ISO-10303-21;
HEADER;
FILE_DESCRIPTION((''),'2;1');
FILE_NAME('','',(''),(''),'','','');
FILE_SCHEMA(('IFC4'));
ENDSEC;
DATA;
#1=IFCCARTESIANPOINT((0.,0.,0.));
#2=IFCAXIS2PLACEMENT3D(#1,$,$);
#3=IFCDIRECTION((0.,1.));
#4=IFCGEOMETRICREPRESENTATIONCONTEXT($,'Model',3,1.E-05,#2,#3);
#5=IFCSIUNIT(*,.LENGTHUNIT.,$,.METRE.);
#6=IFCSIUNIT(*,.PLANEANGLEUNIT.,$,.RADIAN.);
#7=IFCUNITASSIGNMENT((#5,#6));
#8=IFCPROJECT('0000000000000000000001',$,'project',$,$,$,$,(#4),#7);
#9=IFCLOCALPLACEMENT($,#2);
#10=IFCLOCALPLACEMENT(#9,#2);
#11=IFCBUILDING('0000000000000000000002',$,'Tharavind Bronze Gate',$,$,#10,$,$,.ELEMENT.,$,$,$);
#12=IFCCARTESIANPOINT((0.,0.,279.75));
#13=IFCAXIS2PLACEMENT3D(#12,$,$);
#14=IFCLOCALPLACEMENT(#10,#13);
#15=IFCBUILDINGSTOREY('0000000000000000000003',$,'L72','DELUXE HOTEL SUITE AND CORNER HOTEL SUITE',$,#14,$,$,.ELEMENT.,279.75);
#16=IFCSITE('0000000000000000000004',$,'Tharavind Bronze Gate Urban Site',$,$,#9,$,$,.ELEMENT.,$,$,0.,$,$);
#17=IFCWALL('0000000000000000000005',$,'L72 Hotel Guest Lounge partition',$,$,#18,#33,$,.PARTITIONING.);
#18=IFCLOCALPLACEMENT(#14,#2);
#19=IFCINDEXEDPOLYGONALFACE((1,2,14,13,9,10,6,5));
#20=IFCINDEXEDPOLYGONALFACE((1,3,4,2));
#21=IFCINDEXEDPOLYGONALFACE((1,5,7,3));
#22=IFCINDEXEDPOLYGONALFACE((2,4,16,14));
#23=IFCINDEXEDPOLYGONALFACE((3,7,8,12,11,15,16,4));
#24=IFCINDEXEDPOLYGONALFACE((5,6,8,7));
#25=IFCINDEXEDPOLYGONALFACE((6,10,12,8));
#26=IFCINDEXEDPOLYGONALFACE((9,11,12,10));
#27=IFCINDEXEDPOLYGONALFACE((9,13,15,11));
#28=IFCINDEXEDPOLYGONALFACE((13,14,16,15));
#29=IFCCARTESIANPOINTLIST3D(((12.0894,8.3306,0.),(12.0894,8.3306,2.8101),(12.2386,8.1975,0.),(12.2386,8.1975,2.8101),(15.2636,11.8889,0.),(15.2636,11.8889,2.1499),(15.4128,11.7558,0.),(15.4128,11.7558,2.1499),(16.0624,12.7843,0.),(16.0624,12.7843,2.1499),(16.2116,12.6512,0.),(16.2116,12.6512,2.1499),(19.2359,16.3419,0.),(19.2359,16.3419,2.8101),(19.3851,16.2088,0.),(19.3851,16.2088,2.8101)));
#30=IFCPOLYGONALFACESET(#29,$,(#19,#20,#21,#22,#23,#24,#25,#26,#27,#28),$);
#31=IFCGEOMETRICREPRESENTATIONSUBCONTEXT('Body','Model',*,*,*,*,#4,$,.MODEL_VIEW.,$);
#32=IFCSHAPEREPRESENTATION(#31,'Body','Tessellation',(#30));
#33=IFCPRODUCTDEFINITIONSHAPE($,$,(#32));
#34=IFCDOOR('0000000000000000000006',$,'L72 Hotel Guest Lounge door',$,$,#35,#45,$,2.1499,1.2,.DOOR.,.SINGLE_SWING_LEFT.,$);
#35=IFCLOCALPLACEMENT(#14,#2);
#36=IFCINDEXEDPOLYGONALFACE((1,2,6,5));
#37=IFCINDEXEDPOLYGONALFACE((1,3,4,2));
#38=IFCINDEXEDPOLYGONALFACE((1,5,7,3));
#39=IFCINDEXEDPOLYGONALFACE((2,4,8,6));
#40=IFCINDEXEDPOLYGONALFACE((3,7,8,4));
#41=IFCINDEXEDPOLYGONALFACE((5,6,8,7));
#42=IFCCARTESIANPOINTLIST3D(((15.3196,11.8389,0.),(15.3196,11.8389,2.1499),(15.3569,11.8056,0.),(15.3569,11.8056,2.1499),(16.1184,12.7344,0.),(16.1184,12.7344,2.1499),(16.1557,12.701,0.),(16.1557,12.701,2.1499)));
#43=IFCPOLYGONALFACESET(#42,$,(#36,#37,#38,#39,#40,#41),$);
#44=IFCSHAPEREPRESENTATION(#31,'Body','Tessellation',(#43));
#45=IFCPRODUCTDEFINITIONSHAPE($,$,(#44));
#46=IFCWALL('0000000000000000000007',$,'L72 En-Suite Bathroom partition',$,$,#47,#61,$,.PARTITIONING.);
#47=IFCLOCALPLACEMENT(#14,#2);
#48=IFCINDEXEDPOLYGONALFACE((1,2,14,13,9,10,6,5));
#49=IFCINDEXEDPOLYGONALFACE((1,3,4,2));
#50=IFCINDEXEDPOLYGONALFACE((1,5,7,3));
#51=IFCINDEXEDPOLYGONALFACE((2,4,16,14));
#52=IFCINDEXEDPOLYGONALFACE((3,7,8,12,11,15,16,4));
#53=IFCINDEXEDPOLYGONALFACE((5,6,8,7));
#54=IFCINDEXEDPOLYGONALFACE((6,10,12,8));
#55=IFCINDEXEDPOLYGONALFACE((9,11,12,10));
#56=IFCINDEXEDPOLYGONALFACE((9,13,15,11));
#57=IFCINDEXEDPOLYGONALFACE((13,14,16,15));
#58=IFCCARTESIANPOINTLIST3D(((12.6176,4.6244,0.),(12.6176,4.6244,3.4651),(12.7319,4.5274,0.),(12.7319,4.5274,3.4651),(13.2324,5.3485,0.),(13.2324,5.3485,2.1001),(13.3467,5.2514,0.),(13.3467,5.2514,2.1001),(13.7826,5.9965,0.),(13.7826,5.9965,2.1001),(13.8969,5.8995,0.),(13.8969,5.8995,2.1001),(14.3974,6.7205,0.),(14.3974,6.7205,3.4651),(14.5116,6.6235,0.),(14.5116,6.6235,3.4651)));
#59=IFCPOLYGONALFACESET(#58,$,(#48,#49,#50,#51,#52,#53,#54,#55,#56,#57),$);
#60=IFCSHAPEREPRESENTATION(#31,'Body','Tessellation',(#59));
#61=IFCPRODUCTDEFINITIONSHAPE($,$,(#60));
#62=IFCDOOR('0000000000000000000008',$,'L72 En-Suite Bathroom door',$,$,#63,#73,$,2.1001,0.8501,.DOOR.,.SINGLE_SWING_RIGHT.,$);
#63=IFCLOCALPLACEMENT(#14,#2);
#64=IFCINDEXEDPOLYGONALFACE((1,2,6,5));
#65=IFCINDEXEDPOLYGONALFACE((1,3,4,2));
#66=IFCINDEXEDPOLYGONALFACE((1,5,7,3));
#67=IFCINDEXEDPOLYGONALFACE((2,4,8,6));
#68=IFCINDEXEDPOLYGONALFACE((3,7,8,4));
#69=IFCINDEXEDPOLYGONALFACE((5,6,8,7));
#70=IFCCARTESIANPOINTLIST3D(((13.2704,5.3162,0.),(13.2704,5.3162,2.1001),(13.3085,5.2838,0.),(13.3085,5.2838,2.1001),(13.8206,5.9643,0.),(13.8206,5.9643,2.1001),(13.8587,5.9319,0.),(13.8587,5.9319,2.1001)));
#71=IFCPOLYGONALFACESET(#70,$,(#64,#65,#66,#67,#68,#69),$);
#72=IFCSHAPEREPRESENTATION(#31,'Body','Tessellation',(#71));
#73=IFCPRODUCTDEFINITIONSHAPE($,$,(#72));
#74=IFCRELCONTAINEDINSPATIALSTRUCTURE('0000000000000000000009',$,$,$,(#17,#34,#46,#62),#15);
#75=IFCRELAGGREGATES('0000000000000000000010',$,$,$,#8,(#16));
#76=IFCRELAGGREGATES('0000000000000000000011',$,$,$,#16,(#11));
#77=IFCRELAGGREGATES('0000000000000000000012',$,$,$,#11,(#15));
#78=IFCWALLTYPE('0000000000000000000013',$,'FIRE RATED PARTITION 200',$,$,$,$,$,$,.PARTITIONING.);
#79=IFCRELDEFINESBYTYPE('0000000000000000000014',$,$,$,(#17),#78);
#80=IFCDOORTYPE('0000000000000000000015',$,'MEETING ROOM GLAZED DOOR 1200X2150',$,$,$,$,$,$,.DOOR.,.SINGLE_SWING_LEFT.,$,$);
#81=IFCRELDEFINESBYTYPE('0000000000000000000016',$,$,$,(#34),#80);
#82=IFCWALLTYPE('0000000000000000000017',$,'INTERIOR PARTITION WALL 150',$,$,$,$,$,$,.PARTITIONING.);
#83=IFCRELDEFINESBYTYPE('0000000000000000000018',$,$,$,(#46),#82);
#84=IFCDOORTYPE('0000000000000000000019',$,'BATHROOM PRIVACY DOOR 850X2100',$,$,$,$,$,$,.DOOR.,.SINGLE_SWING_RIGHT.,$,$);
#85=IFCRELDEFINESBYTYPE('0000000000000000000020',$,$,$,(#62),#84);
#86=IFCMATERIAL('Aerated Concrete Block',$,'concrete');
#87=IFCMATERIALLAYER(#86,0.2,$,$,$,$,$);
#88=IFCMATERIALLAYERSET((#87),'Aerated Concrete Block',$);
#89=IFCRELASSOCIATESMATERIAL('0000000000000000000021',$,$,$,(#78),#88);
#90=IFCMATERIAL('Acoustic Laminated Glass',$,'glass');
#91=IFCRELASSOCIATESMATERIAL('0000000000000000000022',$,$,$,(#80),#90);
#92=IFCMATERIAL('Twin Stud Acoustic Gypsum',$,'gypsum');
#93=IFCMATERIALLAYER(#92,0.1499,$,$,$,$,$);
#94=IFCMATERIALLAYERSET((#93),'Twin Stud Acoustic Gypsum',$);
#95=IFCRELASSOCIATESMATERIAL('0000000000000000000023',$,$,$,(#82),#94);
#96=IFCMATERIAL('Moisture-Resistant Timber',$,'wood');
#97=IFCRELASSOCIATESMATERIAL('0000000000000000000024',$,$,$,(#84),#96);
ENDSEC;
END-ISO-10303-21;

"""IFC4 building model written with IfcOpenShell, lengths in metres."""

from ifc_helpers import new_model, si_unit, direction, frame, frame_2d, origin, place, context, subcontext, project, spatial, rectangle, extrude, material, layer, layer_set, type_object, element, fill, save


model = new_model("IFC4")

# Units and contexts
model_context = context("Model", 3, precision=1e-05, world=origin(), true_north=direction((0.0, 1.0)))
body_context = subcontext(model_context, "Body", "Model", "MODEL_VIEW")
ifc_project = project(units=[si_unit("LENGTHUNIT", "METRE"), si_unit("PLANEANGLEUNIT", "RADIAN")], contexts=[model_context])

# Site, building, storey
site_placement = place(None, origin())
site = spatial("IfcSite", under=ifc_project, at=site_placement, Name="Tharavind Bronze Gate Urban Site", CompositionType="ELEMENT", RefElevation=0.0)
building_placement = place(site_placement, origin())
building = spatial("IfcBuilding", under=site, at=building_placement, Name="Tharavind Bronze Gate", CompositionType="ELEMENT")
storey_placement = place(building_placement, frame((0.0, 0.0, 279.75)))
storey = spatial("IfcBuildingStorey", under=building, at=storey_placement, Name="L72", Description="DELUXE HOTEL SUITE AND CORNER HOTEL SUITE", CompositionType="ELEMENT", Elevation=279.75)

# Shared definitions
ifc_material_1 = material(Name="Aerated Concrete Block", Category="concrete")
ifc_layer_1 = layer(ifc_material_1, 0.2)
ifc_layer_set_1 = layer_set([ifc_layer_1], Name="Aerated Concrete Block")
wall_type_1 = type_object("IfcWallType", Name="FIRE RATED PARTITION 200", PredefinedType="PARTITIONING", material=ifc_layer_set_1)

# Walls, openings, doors
wall_1_placement = place(storey_placement, frame((12.1641, 8.2642, 0.0), z_axis=(0.0, 0.0, 1.0), x_axis=(0.665684, 0.746234, 0.0)))
wall_1 = element("IfcWall", 1, at=wall_1_placement, inside=storey, type_object=wall_type_1, Name="L72 Hotel Guest Lounge partition", PredefinedType="PARTITIONING", context=body_context, shape_type="SweptSolid", body=[
    extrude(rectangle(XDim=10.7356, YDim=0.2, at=frame_2d((5.3677, 0.0))), origin(), (0.0, 0.0, 1.0), 2.8101),
])
opening_1_placement = place(wall_1_placement, frame((4.7681, 0.0, 0.0)))
opening_1 = element("IfcOpeningElement", 2, at=opening_1_placement, cuts=wall_1, PredefinedType="OPENING", context=body_context, shape_type="SweptSolid", body=[
    extrude(rectangle(XDim=1.2, YDim=2.1499, at=frame_2d((0.6001, 1.075))), frame((0.0, 0.1101, 0.0), z_axis=(0.0, -1.0, 0.0), x_axis=(1.0, 0.0, 0.0)), (0.0, 0.0, 1.0), 0.22),
])
ifc_material_2 = material(Name="Acoustic Laminated Glass", Category="glass")
door_type_1 = type_object("IfcDoorType", Name="MEETING ROOM GLAZED DOOR 1200X2150", OperationType="SINGLE_SWING_LEFT", PredefinedType="DOOR", material=ifc_material_2)
door_1_placement = place(opening_1_placement, origin())
door_1 = element("IfcDoor", 3, at=door_1_placement, inside=storey, type_object=door_type_1, Name="L72 Hotel Guest Lounge door", OperationType="SINGLE_SWING_LEFT", OverallHeight=2.1499, OverallWidth=1.2, PredefinedType="DOOR", context=body_context, shape_type="SweptSolid", body=[
    extrude(rectangle(XDim=1.2, YDim=2.1499, at=frame_2d((0.6001, 1.075))), frame((0.0, 0.0249, 0.0), z_axis=(0.0, -1.0, 0.0), x_axis=(1.0, 0.0, 0.0)), (0.0, 0.0, 1.0), 0.05),
])
fill(opening_1, door_1)
ifc_material_3 = material(Name="Twin Stud Acoustic Gypsum", Category="gypsum")
ifc_layer_2 = layer(ifc_material_3, 0.1499)
ifc_layer_set_2 = layer_set([ifc_layer_2], Name="Twin Stud Acoustic Gypsum")
wall_type_2 = type_object("IfcWallType", Name="INTERIOR PARTITION WALL 150", PredefinedType="PARTITIONING", material=ifc_layer_set_2)
wall_2_placement = place(storey_placement, frame((14.4546, 6.6721, 0.0), z_axis=(0.0, 0.0, 1.0), x_axis=(-0.647231, -0.762294, 0.0)))
wall_2 = element("IfcWall", 4, at=wall_2_placement, inside=storey, type_object=wall_type_2, Name="L72 En-Suite Bathroom partition", PredefinedType="PARTITIONING", context=body_context, shape_type="SweptSolid", body=[
    extrude(rectangle(XDim=2.7498, YDim=0.1499, at=frame_2d((1.375, 0.0))), origin(), (0.0, 0.0, 1.0), 3.4651),
])
opening_2_placement = place(wall_2_placement, frame((0.95, 0.0, 0.0)))
opening_2 = element("IfcOpeningElement", 5, at=opening_2_placement, cuts=wall_2, PredefinedType="OPENING", context=body_context, shape_type="SweptSolid", body=[
    extrude(rectangle(XDim=0.8501, YDim=2.1001, at=frame_2d((0.425, 1.05))), frame((0.0, 0.085, 0.0), z_axis=(0.0, -1.0, 0.0), x_axis=(1.0, 0.0, 0.0)), (0.0, 0.0, 1.0), 0.1699),
])
ifc_material_4 = material(Name="Moisture-Resistant Timber", Category="wood")
door_type_2 = type_object("IfcDoorType", Name="BATHROOM PRIVACY DOOR 850X2100", OperationType="SINGLE_SWING_RIGHT", PredefinedType="DOOR", material=ifc_material_4)
door_2_placement = place(opening_2_placement, origin())
door_2 = element("IfcDoor", 6, at=door_2_placement, inside=storey, type_object=door_type_2, Name="L72 En-Suite Bathroom door", OperationType="SINGLE_SWING_RIGHT", OverallHeight=2.1001, OverallWidth=0.8501, PredefinedType="DOOR", context=body_context, shape_type="SweptSolid", body=[
    extrude(rectangle(XDim=0.8501, YDim=2.1001, at=frame_2d((0.425, 1.05))), frame((0.0, 0.0249, 0.0), z_axis=(0.0, -1.0, 0.0), x_axis=(1.0, 0.0, 0.0)), (0.0, 0.0, 1.0), 0.05),
])
fill(opening_2, door_2)

save(model, "model.ifc")
